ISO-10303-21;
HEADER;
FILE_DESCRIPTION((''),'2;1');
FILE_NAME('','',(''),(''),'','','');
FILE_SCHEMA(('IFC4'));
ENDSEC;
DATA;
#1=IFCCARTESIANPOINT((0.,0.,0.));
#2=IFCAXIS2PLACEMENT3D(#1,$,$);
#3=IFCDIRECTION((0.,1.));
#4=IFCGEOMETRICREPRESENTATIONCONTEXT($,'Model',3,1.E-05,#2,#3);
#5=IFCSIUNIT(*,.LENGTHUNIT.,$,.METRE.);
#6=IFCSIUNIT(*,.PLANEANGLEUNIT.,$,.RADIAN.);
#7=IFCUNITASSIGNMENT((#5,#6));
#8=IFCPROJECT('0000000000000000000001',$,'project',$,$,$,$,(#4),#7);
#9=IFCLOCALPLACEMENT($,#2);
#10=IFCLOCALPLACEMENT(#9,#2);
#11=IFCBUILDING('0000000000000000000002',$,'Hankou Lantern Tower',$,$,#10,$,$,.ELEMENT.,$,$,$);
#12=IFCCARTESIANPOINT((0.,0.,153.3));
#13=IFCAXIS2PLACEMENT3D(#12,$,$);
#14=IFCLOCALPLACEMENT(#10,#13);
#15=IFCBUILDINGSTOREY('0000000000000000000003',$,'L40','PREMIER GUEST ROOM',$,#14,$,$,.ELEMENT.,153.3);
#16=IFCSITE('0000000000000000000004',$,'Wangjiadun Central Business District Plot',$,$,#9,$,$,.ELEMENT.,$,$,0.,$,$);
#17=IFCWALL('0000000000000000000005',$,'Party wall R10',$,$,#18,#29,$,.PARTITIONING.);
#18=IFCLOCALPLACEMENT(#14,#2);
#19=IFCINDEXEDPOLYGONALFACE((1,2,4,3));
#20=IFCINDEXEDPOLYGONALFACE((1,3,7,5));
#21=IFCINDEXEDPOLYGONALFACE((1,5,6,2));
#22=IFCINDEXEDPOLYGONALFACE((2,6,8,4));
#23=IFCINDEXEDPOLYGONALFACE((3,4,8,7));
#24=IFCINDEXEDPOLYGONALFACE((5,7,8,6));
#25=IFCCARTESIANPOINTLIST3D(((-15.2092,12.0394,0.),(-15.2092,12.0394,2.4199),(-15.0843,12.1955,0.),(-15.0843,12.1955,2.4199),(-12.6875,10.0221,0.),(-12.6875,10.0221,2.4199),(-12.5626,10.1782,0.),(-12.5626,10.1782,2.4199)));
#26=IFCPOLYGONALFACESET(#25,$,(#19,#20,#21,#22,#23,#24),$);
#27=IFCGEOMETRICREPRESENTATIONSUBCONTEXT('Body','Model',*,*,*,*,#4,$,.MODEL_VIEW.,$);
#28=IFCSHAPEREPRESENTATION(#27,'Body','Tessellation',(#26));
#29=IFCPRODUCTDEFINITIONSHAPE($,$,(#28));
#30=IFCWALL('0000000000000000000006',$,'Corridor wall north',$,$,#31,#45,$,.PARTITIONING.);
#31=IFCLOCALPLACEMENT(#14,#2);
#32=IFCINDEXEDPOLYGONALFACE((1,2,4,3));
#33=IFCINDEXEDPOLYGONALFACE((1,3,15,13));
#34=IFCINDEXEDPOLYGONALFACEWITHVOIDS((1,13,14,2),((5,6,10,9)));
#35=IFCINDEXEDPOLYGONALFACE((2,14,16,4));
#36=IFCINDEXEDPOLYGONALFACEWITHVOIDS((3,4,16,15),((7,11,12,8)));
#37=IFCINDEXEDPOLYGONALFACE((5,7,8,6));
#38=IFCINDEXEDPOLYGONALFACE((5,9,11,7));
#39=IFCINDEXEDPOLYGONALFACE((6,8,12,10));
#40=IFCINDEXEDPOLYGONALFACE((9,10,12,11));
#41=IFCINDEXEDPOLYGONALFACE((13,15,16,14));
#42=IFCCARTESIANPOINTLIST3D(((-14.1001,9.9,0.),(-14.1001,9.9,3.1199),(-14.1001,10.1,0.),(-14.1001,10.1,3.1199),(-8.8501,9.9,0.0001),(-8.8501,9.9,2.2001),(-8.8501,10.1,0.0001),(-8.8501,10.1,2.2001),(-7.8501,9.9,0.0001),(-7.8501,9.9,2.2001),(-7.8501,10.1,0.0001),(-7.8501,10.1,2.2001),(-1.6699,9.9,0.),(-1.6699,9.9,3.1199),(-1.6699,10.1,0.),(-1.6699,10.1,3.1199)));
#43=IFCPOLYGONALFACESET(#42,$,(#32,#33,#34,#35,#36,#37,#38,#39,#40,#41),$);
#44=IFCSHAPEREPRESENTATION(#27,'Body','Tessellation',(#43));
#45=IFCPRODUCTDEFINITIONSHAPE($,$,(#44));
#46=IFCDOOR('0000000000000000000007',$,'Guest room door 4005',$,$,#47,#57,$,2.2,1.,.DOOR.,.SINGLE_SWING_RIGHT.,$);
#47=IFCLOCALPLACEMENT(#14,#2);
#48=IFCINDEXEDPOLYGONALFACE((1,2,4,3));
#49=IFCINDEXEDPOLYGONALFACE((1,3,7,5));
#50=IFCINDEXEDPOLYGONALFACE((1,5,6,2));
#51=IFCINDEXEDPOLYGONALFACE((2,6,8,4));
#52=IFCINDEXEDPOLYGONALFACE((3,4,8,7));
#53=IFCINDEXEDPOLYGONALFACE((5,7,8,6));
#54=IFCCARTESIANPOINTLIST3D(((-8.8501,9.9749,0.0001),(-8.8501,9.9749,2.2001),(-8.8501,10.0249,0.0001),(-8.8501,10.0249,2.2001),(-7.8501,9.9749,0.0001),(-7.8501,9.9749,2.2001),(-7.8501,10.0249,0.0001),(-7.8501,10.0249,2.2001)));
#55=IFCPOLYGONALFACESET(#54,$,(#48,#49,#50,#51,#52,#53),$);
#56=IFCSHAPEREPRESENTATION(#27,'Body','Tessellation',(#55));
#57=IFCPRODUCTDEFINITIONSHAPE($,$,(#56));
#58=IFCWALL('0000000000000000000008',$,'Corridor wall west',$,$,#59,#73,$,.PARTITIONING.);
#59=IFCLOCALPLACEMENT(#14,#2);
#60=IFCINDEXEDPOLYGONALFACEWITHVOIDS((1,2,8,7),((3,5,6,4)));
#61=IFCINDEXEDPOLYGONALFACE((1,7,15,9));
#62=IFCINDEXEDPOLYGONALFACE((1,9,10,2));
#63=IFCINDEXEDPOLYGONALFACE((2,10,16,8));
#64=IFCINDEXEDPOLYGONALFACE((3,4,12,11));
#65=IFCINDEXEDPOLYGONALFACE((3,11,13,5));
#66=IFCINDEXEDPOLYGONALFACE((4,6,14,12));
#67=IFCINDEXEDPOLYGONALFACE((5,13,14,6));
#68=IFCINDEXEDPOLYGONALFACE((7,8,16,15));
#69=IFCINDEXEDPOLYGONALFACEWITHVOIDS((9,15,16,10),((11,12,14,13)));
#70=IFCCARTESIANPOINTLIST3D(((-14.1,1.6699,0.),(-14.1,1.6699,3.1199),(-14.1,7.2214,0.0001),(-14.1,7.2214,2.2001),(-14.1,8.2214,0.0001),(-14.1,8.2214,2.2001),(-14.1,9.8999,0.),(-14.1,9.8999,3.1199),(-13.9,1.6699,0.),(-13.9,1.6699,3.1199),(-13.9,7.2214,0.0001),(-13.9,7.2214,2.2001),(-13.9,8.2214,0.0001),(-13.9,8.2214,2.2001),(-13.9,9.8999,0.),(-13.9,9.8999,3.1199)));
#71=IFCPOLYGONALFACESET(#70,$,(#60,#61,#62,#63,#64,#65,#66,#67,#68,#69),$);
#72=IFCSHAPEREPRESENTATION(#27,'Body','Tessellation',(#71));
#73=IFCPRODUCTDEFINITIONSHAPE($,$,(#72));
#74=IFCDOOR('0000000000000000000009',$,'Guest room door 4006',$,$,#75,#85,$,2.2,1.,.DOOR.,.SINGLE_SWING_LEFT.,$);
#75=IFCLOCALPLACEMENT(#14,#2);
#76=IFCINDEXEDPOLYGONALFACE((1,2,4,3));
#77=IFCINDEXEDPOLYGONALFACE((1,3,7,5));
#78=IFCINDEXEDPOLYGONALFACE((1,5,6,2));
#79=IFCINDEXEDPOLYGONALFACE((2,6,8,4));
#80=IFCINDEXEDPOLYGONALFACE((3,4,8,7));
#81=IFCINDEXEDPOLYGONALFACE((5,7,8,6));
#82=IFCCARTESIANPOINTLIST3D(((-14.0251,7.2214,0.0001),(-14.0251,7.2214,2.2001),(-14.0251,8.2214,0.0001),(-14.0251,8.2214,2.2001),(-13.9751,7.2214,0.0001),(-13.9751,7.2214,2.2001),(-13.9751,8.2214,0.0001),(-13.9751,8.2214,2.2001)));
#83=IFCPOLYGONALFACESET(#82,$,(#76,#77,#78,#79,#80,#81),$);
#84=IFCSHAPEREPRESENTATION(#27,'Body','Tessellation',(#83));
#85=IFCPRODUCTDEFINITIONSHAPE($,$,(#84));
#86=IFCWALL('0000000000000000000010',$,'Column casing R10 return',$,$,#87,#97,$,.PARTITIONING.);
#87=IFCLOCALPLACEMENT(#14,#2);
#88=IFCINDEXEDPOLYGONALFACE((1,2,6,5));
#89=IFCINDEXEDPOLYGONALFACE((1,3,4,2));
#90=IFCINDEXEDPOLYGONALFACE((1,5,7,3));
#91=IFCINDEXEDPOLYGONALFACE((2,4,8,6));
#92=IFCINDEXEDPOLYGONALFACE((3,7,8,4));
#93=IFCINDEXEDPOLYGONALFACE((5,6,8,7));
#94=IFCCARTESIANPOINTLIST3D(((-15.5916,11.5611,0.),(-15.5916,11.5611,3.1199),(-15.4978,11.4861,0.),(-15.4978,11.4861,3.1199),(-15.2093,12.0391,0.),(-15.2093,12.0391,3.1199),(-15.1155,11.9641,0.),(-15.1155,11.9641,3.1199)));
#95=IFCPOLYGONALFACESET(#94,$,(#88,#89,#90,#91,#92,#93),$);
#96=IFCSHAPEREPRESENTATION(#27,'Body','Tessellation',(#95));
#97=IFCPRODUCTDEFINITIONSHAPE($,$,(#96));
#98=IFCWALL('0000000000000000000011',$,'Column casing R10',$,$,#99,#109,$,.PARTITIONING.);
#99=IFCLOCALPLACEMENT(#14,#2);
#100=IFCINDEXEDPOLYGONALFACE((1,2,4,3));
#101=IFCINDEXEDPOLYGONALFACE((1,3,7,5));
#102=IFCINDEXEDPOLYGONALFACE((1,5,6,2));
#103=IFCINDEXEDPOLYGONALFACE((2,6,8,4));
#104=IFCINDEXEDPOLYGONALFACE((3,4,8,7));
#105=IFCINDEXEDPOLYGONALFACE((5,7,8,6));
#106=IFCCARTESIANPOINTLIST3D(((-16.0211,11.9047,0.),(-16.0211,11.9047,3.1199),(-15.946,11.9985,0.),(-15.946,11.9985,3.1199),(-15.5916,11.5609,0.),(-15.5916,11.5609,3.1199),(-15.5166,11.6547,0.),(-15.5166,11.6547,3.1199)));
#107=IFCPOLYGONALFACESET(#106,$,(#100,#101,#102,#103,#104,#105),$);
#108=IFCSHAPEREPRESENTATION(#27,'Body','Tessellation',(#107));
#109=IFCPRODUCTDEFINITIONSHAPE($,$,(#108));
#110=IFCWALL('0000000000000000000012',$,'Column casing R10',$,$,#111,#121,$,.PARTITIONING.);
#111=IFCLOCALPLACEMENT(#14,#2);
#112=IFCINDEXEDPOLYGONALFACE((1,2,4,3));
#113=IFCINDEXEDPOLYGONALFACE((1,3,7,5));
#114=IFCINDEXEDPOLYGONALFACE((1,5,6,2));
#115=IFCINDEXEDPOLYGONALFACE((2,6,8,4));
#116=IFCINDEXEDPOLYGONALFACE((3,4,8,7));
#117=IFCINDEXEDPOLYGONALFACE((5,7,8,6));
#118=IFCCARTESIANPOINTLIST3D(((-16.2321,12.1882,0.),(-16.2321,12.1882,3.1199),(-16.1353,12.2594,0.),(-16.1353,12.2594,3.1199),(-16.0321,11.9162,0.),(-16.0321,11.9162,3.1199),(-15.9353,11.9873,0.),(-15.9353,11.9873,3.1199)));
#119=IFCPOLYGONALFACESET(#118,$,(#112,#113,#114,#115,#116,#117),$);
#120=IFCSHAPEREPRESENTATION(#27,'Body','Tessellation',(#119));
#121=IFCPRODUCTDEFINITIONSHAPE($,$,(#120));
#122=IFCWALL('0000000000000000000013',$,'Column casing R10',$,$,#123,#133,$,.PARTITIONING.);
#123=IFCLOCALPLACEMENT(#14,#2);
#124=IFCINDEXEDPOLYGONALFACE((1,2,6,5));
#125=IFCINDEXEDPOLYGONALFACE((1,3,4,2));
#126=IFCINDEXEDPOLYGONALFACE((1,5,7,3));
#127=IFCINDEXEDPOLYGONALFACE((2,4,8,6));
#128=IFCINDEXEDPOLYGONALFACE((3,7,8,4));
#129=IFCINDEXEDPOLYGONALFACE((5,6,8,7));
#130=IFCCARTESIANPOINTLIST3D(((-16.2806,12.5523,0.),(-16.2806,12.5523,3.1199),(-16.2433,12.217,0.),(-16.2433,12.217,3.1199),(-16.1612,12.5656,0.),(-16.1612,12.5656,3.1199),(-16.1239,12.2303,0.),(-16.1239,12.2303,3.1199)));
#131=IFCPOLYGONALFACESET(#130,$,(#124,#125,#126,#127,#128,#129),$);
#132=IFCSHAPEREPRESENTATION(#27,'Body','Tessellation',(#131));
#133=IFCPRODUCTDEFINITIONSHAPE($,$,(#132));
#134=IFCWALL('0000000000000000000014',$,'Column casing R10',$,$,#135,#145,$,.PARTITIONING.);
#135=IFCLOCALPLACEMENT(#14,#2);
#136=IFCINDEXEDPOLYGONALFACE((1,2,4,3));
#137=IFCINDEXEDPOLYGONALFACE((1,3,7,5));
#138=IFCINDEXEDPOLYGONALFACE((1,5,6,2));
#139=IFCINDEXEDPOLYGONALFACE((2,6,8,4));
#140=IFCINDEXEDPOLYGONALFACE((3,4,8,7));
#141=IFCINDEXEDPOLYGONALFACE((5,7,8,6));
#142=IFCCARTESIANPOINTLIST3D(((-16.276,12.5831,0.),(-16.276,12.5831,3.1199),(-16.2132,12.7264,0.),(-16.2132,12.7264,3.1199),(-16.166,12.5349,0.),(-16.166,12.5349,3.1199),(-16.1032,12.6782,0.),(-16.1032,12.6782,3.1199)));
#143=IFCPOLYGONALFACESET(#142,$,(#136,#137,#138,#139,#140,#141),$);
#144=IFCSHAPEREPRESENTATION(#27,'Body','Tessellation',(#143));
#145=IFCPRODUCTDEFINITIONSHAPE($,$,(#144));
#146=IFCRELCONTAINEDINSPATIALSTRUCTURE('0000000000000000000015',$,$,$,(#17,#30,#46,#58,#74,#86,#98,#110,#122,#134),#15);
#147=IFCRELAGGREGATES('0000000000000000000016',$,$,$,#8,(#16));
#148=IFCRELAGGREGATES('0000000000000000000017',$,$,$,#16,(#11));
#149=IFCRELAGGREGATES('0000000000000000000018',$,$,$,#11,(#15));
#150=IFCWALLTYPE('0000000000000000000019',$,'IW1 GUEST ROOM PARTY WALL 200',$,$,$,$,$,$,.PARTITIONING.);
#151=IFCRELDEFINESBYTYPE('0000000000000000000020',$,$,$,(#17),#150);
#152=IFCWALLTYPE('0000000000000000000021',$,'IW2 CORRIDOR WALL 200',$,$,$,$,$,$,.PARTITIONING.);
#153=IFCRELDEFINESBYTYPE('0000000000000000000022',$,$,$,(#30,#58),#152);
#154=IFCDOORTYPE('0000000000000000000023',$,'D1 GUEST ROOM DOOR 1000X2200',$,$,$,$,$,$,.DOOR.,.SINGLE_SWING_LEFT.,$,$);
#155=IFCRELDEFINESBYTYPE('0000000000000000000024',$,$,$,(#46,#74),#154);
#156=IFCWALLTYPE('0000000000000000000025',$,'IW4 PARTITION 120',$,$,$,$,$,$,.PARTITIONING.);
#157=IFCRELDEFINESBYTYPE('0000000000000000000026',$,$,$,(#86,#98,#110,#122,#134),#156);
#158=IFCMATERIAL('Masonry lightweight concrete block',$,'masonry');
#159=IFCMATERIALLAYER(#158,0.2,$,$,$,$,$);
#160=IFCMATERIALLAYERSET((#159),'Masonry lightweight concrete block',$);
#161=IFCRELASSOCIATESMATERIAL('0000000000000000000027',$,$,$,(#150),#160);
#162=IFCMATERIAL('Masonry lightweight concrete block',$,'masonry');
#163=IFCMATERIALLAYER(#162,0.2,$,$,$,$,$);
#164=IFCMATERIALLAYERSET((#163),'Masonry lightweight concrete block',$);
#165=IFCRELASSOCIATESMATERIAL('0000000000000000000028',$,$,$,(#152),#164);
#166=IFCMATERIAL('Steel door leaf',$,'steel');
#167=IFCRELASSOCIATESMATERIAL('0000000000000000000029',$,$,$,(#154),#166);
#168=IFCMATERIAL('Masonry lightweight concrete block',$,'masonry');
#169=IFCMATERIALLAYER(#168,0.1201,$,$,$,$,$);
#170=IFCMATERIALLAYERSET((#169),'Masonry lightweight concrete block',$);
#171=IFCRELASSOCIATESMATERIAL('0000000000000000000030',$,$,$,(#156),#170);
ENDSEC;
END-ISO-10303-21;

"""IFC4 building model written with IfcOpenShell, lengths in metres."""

from ifc_helpers import new_model, si_unit, direction, frame, frame_2d, origin, place, context, subcontext, project, spatial, rectangle, extrude, material, layer, layer_set, type_object, element, fill, save


model = new_model("IFC4")

# Units and contexts
model_context = context("Model", 3, precision=1e-05, world=origin(), true_north=direction((0.0, 1.0)))
body_context = subcontext(model_context, "Body", "Model", "MODEL_VIEW")
ifc_project = project(units=[si_unit("LENGTHUNIT", "METRE"), si_unit("PLANEANGLEUNIT", "RADIAN")], contexts=[model_context])

# Site, building, storey
site_placement = place(None, origin())
site = spatial("IfcSite", under=ifc_project, at=site_placement, Name="Wangjiadun Central Business District Plot", CompositionType="ELEMENT", RefElevation=0.0)
building_placement = place(site_placement, origin())
building = spatial("IfcBuilding", under=site, at=building_placement, Name="Hankou Lantern Tower", CompositionType="ELEMENT")
storey_placement = place(building_placement, frame((0.0, 0.0, 153.3)))
storey = spatial("IfcBuildingStorey", under=building, at=storey_placement, Name="L40", Description="PREMIER GUEST ROOM", CompositionType="ELEMENT", Elevation=153.3)

# Wall
ifc_material_1 = material(Name="Masonry lightweight concrete block", Category="masonry")
ifc_layer_1 = layer(ifc_material_1, 0.2)
ifc_layer_set_1 = layer_set([ifc_layer_1], Name="Masonry lightweight concrete block")
wall_type_1 = type_object("IfcWallType", Name="IW1 GUEST ROOM PARTY WALL 200", PredefinedType="PARTITIONING", material=ifc_layer_set_1)
wall_1_placement = place(storey_placement, frame((-12.625, 10.1001, 0.0), z_axis=(0.0, 0.0, 1.0), x_axis=(-0.780876, 0.624686, 0.0)))
element("IfcWall", 1, at=wall_1_placement, inside=storey, type_object=wall_type_1, Name="Party wall R10", PredefinedType="PARTITIONING", context=body_context, shape_type="SweptSolid", body=[
    extrude(rectangle(XDim=3.2292, YDim=0.2, at=frame_2d((1.6147, 0.0))), origin(), (0.0, 0.0, 1.0), 2.4199),
])

# Walls, openings, doors
ifc_material_2 = material(Name="Masonry lightweight concrete block", Category="masonry")
ifc_layer_2 = layer(ifc_material_2, 0.2)
ifc_layer_set_2 = layer_set([ifc_layer_2], Name="Masonry lightweight concrete block")
wall_type_2 = type_object("IfcWallType", Name="IW2 CORRIDOR WALL 200", PredefinedType="PARTITIONING", material=ifc_layer_set_2)
wall_2_placement = place(storey_placement, frame((-14.1001, 10.0, 0.0), z_axis=(0.0, 0.0, 1.0), x_axis=(1.0, 0.0, 0.0)))
wall_2 = element("IfcWall", 2, at=wall_2_placement, inside=storey, type_object=wall_type_2, Name="Corridor wall north", PredefinedType="PARTITIONING", context=body_context, shape_type="SweptSolid", body=[
    extrude(rectangle(XDim=12.4302, YDim=0.2, at=frame_2d((6.2151, 0.0))), origin(), (0.0, 0.0, 1.0), 3.1199),
])
opening_1_placement = place(wall_2_placement, frame((5.25, 0.0, 0.0)))
opening_1 = element("IfcOpeningElement", 3, at=opening_1_placement, cuts=wall_2, PredefinedType="OPENING", context=body_context, shape_type="SweptSolid", body=[
    extrude(rectangle(XDim=1.0, YDim=2.2, at=frame_2d((0.5, 1.1001))), frame((0.0, 0.1099, 0.0), z_axis=(0.0, -1.0, 0.0), x_axis=(1.0, 0.0, 0.0)), (0.0, 0.0, 1.0), 0.22),
])
ifc_material_3 = material(Name="Steel door leaf", Category="steel")
door_type = type_object("IfcDoorType", Name="D1 GUEST ROOM DOOR 1000X2200", OperationType="SINGLE_SWING_LEFT", PredefinedType="DOOR", material=ifc_material_3)
door_1_placement = place(opening_1_placement, origin())
door_1 = element("IfcDoor", 4, at=door_1_placement, inside=storey, type_object=door_type, Name="Guest room door 4005", OperationType="SINGLE_SWING_RIGHT", OverallHeight=2.2, OverallWidth=1.0, PredefinedType="DOOR", context=body_context, shape_type="SweptSolid", body=[
    extrude(rectangle(XDim=1.0, YDim=2.2, at=frame_2d((0.5, 1.1001))), frame((0.0, 0.0249, 0.0), z_axis=(0.0, -1.0, 0.0), x_axis=(1.0, 0.0, 0.0)), (0.0, 0.0, 1.0), 0.05),
])
fill(opening_1, door_1)
wall_3_placement = place(storey_placement, frame((-14.0, 9.8999, 0.0), z_axis=(0.0, 0.0, 1.0), x_axis=(0.0, -1.0, 0.0)))
wall_3 = element("IfcWall", 5, at=wall_3_placement, inside=storey, type_object=wall_type_2, Name="Corridor wall west", PredefinedType="PARTITIONING", context=body_context, shape_type="SweptSolid", body=[
    extrude(rectangle(XDim=8.23, YDim=0.2, at=frame_2d((4.115, 0.0))), origin(), (0.0, 0.0, 1.0), 3.1199),
])
opening_2_placement = place(wall_3_placement, frame((1.6785, 0.0, 0.0)))
opening_2 = element("IfcOpeningElement", 6, at=opening_2_placement, cuts=wall_3, PredefinedType="OPENING", context=body_context, shape_type="SweptSolid", body=[
    extrude(rectangle(XDim=1.0, YDim=2.2, at=frame_2d((0.5, 1.1001))), frame((0.0, 0.1099, 0.0), z_axis=(0.0, -1.0, 0.0), x_axis=(1.0, 0.0, 0.0)), (0.0, 0.0, 1.0), 0.22),
])
door_2_placement = place(opening_2_placement, origin())
door_2 = element("IfcDoor", 7, at=door_2_placement, inside=storey, type_object=door_type, Name="Guest room door 4006", OperationType="SINGLE_SWING_LEFT", OverallHeight=2.2, OverallWidth=1.0, PredefinedType="DOOR", context=body_context, shape_type="SweptSolid", body=[
    extrude(rectangle(XDim=1.0, YDim=2.2, at=frame_2d((0.5, 1.1001))), frame((0.0, 0.0249, 0.0), z_axis=(0.0, -1.0, 0.0), x_axis=(1.0, 0.0, 0.0)), (0.0, 0.0, 1.0), 0.05),
])
fill(opening_2, door_2)

# Walls
ifc_material_4 = material(Name="Masonry lightweight concrete block", Category="masonry")
ifc_layer_3 = layer(ifc_material_4, 0.1201)
ifc_layer_set_3 = layer_set([ifc_layer_3], Name="Masonry lightweight concrete block")
wall_type_3 = type_object("IfcWallType", Name="IW4 PARTITION 120", PredefinedType="PARTITIONING", material=ifc_layer_set_3)
wall_4_placement = place(storey_placement, frame((-15.1624, 12.0017, 0.0), z_axis=(0.0, 0.0, 1.0), x_axis=(-0.624598, -0.780947, 0.0)))
element("IfcWall", 8, at=wall_4_placement, inside=storey, type_object=wall_type_3, Name="Column casing R10 return", PredefinedType="PARTITIONING", context=body_context, shape_type="SweptSolid", body=[
    extrude(rectangle(XDim=0.6121, YDim=0.1201, at=frame_2d((0.3062, 0.0))), origin(), (0.0, 0.0, 1.0), 3.1199),
])
wall_5_placement = place(storey_placement, frame((-15.5542, 11.6079, 0.0), z_axis=(0.0, 0.0, 1.0), x_axis=(-0.780696, 0.624912, 0.0)))
element("IfcWall", 9, at=wall_5_placement, inside=storey, type_object=wall_type_3, Name="Column casing R10", PredefinedType="PARTITIONING", context=body_context, shape_type="SweptSolid", body=[
    extrude(rectangle(XDim=0.55, YDim=0.1201, at=frame_2d((0.2749, 0.0))), origin(), (0.0, 0.0, 1.0), 3.1199),
])
wall_6_placement = place(storey_placement, frame((-15.9836, 11.9517, 0.0), z_axis=(0.0, 0.0, 1.0), x_axis=(-0.592335, 0.805692, 0.0)))
element("IfcWall", 10, at=wall_6_placement, inside=storey, type_object=wall_type_3, Name="Column casing R10", PredefinedType="PARTITIONING", context=body_context, shape_type="SweptSolid", body=[
    extrude(rectangle(XDim=0.3376, YDim=0.1201, at=frame_2d((0.1689, 0.0))), origin(), (0.0, 0.0, 1.0), 3.1199),
])
wall_7_placement = place(storey_placement, frame((-16.1836, 12.2236, 0.0), z_axis=(0.0, 0.0, 1.0), x_axis=(-0.11067, 0.993857, 0.0)))
element("IfcWall", 11, at=wall_7_placement, inside=storey, type_object=wall_type_3, Name="Column casing R10", PredefinedType="PARTITIONING", context=body_context, shape_type="SweptSolid", body=[
    extrude(rectangle(XDim=0.3374, YDim=0.1201, at=frame_2d((0.1687, 0.0))), origin(), (0.0, 0.0, 1.0), 3.1199),
])
wall_8_placement = place(storey_placement, frame((-16.2209, 12.5591, 0.0), z_axis=(0.0, 0.0, 1.0), x_axis=(0.401064, 0.91605, 0.0)))
element("IfcWall", 12, at=wall_8_placement, inside=storey, type_object=wall_type_3, Name="Column casing R10", PredefinedType="PARTITIONING", context=body_context, shape_type="SweptSolid", body=[
    extrude(rectangle(XDim=0.1565, YDim=0.1201, at=frame_2d((0.0781, 0.0))), origin(), (0.0, 0.0, 1.0), 3.1199),
])

save(model, "model.ifc")
